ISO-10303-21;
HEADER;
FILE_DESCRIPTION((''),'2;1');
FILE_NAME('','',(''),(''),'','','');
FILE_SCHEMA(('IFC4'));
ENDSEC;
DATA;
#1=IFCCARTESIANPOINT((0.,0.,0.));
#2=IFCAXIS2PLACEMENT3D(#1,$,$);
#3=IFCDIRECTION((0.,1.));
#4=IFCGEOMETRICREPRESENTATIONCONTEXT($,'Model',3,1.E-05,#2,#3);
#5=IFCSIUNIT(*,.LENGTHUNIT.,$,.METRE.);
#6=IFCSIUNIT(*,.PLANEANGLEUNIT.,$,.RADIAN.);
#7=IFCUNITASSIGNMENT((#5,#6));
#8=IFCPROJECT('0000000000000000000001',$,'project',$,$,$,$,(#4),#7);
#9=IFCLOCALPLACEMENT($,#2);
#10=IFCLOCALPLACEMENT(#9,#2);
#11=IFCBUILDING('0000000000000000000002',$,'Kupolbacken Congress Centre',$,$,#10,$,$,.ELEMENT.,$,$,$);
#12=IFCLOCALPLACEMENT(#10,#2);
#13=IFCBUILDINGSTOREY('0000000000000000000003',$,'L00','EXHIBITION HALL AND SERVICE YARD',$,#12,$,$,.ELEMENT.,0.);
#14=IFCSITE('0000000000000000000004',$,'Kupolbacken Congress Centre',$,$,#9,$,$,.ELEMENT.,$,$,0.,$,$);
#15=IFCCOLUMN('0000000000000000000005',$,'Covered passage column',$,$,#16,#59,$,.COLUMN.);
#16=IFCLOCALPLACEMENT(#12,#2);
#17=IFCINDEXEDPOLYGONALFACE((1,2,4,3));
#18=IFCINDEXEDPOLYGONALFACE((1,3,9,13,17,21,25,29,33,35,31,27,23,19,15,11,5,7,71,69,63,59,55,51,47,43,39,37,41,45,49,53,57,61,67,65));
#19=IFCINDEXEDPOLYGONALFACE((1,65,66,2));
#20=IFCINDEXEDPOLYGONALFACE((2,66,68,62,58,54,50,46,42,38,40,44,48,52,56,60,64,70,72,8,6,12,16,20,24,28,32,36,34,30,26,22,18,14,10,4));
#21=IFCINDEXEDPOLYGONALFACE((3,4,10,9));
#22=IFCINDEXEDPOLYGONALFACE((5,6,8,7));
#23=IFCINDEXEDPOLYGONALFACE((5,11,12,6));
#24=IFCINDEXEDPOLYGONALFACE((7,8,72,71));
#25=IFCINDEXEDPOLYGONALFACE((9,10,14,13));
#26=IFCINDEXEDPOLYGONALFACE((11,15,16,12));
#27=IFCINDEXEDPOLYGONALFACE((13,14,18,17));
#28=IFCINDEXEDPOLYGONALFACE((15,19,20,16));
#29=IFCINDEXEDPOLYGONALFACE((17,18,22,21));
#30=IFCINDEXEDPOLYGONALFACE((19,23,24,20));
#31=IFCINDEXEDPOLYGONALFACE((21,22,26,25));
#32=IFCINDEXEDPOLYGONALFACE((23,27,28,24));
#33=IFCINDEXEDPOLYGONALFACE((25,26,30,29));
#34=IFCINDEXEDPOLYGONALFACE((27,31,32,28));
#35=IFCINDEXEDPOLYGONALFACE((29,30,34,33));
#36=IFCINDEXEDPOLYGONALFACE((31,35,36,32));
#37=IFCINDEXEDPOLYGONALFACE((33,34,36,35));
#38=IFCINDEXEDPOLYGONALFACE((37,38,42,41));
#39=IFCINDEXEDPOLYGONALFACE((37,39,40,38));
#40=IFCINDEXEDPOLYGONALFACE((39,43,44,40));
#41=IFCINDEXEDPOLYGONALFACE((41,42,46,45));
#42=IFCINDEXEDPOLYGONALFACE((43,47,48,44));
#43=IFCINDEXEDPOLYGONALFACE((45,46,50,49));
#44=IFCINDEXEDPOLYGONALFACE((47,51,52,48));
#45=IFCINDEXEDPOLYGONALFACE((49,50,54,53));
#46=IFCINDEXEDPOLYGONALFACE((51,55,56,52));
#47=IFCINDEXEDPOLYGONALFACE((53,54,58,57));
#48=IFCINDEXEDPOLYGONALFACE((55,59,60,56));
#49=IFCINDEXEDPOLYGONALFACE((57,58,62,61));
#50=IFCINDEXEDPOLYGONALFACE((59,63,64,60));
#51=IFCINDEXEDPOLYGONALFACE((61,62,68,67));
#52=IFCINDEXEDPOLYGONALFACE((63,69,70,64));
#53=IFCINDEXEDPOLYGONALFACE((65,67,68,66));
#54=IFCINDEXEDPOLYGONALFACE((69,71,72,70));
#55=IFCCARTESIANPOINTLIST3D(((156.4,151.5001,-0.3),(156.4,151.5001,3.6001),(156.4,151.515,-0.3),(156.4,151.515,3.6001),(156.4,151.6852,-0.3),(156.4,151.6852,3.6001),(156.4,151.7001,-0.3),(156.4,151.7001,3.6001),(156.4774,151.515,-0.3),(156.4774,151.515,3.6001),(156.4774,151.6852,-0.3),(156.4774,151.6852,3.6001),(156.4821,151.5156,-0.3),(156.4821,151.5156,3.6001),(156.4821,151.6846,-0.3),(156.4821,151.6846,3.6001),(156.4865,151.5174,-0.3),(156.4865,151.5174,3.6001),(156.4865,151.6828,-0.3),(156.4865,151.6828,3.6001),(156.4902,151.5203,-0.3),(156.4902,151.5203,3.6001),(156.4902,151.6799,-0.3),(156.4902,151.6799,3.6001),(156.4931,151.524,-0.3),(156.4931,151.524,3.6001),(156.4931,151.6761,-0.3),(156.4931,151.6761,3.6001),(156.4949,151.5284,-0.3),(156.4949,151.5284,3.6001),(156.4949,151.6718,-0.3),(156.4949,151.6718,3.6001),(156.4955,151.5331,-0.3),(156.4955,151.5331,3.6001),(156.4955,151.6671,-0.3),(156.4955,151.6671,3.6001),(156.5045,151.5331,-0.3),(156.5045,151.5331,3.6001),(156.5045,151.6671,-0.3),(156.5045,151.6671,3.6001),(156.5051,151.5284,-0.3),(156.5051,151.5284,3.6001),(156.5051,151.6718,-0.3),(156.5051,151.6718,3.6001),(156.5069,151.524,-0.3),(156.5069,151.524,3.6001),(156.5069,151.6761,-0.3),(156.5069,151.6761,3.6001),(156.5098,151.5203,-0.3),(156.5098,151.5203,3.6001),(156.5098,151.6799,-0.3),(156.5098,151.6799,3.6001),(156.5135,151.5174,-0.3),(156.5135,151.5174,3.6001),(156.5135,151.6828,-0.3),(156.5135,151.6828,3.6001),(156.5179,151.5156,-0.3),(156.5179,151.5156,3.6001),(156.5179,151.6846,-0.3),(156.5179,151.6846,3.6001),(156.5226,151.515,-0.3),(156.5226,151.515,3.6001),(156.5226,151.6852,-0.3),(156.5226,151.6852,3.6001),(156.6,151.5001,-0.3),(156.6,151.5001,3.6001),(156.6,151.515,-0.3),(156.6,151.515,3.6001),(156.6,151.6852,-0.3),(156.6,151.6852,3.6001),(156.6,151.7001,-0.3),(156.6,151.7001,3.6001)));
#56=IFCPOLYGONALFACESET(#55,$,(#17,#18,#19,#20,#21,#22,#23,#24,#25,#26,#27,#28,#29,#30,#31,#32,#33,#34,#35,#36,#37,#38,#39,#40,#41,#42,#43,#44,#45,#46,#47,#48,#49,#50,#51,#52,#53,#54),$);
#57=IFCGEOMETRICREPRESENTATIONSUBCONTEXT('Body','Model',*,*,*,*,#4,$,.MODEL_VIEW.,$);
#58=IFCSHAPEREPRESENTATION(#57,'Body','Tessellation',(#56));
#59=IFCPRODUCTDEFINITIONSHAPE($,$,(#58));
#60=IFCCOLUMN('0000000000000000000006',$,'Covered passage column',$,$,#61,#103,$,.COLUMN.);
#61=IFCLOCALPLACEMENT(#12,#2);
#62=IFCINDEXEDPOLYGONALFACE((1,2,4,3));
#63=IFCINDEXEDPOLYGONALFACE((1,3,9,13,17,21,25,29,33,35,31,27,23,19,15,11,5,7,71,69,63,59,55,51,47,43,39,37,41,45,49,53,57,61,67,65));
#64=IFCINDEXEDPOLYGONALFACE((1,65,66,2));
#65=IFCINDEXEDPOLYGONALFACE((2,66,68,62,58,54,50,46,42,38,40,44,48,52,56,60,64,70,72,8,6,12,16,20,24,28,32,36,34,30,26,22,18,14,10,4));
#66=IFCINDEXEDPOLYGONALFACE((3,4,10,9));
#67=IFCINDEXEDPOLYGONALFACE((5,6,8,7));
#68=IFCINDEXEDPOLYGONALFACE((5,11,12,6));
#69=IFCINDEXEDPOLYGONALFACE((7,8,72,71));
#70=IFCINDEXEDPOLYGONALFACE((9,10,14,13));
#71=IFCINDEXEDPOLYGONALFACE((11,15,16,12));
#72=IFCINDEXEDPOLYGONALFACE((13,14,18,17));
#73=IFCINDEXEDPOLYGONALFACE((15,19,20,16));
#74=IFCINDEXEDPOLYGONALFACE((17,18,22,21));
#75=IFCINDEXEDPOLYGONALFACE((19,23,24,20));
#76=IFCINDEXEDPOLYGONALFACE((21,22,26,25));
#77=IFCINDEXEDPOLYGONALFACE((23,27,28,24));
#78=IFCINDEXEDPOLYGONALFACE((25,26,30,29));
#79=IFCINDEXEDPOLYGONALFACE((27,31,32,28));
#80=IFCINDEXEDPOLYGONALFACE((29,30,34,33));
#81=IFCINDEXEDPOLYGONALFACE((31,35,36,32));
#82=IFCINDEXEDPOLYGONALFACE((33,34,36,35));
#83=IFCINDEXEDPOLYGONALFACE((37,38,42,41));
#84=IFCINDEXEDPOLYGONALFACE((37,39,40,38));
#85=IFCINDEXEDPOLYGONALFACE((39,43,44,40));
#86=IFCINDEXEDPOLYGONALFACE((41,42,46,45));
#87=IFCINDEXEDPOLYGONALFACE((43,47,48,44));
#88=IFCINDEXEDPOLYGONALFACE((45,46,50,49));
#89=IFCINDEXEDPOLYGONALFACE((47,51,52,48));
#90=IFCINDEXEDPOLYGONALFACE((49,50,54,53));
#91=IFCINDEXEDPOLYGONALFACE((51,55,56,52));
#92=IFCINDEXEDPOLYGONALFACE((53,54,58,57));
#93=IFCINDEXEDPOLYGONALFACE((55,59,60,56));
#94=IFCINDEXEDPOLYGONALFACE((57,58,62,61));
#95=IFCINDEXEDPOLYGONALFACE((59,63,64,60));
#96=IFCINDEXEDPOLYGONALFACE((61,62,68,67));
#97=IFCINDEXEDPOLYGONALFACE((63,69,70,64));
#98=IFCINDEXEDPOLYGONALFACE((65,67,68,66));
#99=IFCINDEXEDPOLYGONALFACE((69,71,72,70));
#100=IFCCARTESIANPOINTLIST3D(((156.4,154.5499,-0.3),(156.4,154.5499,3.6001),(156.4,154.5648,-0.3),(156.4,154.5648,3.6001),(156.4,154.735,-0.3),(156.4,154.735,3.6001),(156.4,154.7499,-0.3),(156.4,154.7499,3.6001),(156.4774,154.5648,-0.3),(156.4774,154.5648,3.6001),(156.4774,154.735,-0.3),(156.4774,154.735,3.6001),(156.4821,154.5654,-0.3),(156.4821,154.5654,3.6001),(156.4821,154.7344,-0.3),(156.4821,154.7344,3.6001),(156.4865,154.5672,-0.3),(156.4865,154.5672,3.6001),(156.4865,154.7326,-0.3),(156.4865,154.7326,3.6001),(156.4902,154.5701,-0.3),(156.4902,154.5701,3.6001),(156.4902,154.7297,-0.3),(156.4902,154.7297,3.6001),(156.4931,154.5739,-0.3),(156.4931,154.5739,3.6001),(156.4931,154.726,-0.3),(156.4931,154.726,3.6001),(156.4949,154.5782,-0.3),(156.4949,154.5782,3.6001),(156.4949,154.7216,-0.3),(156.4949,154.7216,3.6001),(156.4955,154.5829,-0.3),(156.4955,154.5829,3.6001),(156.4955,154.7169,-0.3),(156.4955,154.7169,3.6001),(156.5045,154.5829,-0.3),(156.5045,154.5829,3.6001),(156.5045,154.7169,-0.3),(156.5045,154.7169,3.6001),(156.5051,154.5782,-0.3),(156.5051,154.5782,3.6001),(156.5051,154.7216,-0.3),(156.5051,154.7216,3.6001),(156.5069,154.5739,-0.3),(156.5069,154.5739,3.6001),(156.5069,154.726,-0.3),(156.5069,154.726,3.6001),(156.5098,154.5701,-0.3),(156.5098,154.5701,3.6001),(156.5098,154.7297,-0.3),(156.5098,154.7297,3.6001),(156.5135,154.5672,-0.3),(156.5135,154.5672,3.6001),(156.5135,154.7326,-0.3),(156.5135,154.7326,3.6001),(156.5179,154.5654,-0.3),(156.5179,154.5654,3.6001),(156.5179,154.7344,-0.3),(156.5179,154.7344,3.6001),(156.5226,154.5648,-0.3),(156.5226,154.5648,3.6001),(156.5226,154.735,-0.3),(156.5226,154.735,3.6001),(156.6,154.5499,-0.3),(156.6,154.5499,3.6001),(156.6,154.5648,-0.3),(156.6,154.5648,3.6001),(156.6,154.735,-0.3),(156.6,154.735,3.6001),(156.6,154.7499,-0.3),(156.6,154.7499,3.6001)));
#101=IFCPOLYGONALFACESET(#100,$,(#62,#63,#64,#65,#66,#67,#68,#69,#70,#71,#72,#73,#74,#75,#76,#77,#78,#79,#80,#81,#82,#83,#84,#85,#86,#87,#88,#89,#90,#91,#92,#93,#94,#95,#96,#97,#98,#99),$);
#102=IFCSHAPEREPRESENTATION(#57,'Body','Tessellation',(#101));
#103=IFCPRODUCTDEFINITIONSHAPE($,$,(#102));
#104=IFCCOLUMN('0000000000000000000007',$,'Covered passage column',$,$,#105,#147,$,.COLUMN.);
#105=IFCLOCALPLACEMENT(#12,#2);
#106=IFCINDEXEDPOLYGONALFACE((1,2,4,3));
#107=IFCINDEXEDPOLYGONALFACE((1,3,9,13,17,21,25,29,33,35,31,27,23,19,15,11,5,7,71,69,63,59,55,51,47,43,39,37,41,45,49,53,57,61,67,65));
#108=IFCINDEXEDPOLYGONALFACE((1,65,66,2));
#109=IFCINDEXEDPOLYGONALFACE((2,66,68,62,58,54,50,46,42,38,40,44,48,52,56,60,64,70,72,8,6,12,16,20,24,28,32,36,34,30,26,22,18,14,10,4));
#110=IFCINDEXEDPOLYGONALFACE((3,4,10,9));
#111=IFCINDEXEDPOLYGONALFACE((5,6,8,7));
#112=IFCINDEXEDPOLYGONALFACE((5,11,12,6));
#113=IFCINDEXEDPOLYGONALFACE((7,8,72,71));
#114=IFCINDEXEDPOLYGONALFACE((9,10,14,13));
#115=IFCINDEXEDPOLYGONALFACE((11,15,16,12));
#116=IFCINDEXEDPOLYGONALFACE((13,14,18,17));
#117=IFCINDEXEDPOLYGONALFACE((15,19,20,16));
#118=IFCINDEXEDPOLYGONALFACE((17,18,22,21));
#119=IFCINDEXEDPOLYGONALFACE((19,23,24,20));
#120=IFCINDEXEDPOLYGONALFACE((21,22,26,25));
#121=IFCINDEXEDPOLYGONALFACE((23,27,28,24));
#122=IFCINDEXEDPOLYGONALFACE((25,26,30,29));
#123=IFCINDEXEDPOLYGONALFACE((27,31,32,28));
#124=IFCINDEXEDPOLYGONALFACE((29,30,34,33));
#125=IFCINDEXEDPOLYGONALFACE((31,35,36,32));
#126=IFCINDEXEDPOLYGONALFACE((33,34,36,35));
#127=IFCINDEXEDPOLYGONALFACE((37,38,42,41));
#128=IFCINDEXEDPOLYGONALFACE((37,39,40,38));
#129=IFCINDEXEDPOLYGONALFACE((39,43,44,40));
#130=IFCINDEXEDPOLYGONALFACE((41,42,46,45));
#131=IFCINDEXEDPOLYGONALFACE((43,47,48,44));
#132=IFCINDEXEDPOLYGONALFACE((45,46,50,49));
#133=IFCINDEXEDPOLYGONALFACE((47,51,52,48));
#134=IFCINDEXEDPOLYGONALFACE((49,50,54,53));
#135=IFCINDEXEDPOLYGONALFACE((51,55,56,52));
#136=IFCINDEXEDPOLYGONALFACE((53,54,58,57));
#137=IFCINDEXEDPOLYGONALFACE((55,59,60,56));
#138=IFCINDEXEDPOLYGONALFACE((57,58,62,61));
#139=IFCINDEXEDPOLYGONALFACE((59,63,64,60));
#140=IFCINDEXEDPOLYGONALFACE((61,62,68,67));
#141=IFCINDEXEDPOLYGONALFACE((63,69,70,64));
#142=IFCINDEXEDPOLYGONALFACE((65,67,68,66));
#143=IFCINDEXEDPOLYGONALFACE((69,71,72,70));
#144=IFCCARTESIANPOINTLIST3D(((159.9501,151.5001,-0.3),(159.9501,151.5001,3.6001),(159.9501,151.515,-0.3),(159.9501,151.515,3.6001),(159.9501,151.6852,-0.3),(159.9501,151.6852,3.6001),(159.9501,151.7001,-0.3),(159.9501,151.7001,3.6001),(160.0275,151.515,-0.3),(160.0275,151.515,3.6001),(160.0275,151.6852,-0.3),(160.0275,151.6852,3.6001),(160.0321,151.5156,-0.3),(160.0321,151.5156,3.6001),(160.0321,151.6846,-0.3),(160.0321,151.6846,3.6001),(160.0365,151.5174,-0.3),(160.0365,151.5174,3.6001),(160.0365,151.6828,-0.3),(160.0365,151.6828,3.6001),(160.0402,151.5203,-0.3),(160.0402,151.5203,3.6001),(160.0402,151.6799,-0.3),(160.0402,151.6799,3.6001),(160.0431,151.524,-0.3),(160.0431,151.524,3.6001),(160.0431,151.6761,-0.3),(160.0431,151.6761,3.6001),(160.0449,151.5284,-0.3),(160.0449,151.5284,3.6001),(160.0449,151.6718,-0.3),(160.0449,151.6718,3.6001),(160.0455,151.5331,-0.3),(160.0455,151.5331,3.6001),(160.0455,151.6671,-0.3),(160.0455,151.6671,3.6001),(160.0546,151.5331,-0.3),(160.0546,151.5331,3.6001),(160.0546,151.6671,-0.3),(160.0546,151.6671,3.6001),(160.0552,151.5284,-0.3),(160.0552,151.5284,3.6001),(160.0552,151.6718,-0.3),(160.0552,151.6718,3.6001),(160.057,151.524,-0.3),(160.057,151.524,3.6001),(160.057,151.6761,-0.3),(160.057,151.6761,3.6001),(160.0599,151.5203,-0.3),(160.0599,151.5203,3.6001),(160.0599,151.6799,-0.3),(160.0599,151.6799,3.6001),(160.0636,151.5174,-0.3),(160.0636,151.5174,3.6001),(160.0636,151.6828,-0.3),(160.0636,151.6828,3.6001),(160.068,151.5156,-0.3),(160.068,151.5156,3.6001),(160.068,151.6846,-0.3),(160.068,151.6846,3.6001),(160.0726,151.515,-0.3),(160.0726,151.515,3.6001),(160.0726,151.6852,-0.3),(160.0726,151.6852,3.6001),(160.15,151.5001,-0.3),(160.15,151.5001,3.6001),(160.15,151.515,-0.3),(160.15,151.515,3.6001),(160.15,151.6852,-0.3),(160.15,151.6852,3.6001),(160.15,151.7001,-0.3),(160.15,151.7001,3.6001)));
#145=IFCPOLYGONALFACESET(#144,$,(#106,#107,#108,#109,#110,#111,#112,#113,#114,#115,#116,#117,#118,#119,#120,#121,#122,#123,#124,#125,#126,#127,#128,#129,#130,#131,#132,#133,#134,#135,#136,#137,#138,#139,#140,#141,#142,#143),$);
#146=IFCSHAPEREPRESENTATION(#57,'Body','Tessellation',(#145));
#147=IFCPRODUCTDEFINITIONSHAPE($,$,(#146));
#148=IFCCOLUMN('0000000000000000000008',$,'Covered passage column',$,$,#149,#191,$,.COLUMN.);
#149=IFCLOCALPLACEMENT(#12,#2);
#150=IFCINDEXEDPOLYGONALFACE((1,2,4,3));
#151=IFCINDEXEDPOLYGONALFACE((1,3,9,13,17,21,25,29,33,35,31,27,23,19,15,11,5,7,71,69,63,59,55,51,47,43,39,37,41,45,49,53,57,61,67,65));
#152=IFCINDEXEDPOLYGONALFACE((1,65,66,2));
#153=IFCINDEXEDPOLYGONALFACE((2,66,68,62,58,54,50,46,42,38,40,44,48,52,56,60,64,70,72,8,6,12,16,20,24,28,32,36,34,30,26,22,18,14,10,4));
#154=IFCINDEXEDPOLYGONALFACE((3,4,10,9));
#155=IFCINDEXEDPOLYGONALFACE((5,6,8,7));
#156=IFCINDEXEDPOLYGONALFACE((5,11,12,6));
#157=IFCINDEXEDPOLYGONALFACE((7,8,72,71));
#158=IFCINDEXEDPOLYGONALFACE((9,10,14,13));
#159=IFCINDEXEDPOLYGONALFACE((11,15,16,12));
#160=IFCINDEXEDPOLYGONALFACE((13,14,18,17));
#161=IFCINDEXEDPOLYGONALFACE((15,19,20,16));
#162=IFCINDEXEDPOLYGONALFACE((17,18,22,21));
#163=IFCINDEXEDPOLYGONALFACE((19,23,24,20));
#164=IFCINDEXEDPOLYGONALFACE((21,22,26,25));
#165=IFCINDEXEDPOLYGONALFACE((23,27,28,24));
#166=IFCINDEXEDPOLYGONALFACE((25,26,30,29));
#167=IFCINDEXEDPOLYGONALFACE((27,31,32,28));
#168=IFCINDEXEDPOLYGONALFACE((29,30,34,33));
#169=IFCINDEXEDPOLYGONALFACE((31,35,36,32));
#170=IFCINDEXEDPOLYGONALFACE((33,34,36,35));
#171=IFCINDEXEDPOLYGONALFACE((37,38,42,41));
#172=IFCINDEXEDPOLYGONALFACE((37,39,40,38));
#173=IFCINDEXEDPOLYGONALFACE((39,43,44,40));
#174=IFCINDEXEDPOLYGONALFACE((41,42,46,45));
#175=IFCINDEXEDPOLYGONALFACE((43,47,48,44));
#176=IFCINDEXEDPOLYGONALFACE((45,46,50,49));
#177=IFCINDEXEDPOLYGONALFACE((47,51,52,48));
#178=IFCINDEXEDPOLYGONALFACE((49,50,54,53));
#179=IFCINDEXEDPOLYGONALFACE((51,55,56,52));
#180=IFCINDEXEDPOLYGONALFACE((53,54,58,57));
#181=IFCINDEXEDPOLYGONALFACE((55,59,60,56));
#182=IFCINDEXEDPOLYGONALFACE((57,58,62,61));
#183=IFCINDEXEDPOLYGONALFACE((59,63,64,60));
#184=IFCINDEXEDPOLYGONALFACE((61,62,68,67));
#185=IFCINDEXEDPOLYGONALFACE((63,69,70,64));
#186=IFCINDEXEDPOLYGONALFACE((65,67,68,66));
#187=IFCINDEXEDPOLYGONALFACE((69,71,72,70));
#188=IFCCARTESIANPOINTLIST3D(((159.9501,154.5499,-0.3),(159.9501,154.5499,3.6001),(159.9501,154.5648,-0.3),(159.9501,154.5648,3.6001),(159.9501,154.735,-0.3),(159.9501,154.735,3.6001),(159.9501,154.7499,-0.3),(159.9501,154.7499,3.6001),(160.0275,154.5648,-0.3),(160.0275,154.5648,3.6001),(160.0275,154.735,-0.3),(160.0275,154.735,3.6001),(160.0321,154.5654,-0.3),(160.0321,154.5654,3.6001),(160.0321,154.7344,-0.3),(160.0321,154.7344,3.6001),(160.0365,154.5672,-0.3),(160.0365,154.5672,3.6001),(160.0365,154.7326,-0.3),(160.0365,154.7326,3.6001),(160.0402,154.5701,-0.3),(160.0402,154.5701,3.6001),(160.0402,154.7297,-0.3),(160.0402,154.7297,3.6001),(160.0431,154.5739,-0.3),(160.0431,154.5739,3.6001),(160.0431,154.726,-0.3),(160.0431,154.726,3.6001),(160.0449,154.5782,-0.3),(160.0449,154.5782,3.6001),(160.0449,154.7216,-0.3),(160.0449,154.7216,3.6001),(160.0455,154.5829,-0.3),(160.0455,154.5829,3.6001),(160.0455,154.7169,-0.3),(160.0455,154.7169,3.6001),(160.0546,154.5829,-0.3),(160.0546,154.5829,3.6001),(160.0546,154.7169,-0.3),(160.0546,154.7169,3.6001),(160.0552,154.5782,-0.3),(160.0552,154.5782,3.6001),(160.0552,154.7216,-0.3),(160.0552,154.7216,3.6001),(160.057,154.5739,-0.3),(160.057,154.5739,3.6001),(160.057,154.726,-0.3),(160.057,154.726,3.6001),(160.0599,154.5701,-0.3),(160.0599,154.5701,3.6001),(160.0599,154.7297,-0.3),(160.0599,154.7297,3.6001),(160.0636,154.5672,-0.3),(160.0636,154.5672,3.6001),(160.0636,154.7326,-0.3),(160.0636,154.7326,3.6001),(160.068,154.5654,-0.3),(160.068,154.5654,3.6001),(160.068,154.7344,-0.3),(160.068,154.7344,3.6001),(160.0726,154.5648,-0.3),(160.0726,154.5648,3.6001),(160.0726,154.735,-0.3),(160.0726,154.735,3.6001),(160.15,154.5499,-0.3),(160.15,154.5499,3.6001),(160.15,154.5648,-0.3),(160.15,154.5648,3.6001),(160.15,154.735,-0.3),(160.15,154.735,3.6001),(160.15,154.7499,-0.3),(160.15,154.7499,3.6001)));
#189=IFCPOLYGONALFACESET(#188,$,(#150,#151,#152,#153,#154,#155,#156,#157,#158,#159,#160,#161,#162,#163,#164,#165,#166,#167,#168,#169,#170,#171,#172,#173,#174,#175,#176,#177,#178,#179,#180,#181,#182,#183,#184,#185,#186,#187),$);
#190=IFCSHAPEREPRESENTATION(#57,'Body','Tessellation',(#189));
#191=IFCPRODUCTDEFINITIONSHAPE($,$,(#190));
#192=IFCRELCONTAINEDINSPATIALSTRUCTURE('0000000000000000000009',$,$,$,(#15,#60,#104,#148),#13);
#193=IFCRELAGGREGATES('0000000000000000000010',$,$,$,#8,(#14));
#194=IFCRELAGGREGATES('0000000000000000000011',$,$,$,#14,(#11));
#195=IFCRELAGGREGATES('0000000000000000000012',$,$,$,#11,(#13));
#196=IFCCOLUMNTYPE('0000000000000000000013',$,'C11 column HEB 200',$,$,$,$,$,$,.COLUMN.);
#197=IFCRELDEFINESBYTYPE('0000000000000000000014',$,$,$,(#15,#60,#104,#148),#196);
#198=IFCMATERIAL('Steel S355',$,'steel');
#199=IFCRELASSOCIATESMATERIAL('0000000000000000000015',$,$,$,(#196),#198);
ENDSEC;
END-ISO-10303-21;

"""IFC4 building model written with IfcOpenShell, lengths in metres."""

from ifc_helpers import new_model, si_unit, direction, frame, origin, origin_2d, place, context, subcontext, project, spatial, i_section, extrude, material, material_profile, profile_set, type_object, element, save


model = new_model("IFC4")

# Units and contexts
model_context = context("Model", 3, precision=1e-05, world=origin(), true_north=direction((0.0, 1.0)))
body_context = subcontext(model_context, "Body", "Model", "MODEL_VIEW")
ifc_project = project(units=[si_unit("LENGTHUNIT", "METRE"), si_unit("PLANEANGLEUNIT", "RADIAN")], contexts=[model_context])

# Site, building, storey
site_placement = place(None, origin())
site = spatial("IfcSite", under=ifc_project, at=site_placement, Name="Kupolbacken Congress Centre", CompositionType="ELEMENT", RefElevation=0.0)
building_placement = place(site_placement, origin())
building = spatial("IfcBuilding", under=site, at=building_placement, Name="Kupolbacken Congress Centre", CompositionType="ELEMENT")
storey_placement = place(building_placement, origin())
storey = spatial("IfcBuildingStorey", under=building, at=storey_placement, Name="L00", Description="EXHIBITION HALL AND SERVICE YARD", CompositionType="ELEMENT", Elevation=0.0)

# Columns
ifc_material_1 = material(Name="Steel S355", Category="steel")
ifc_material_profile_1 = material_profile(ifc_material_1, i_section(OverallWidth=0.2, OverallDepth=0.2, WebThickness=0.009, FlangeThickness=0.0149, FilletRadius=0.0181, at=origin_2d()), Name="HEB 200")
ifc_profile_set_1 = profile_set([ifc_material_profile_1], Name="Steel S355")
column_type_1 = type_object("IfcColumnType", Name="C11 column HEB 200", PredefinedType="COLUMN", material=ifc_profile_set_1)
for number, where, z_axis, x_axis, name in (
    (1, (156.5, 151.6001, -0.3), (0.0, 0.0, 1.0), (1.0, 0.0, 0.0), "Covered passage column"),
    (2, (156.5, 154.6499, -0.3), (0.0, 0.0, 1.0), (1.0, 0.0, 0.0), "Covered passage column"),
    (3, (160.05, 151.6001, -0.3), (0.0, 0.0, 1.0), (1.0, 0.0, 0.0), "Covered passage column"),
    (4, (160.05, 154.6499, -0.3), (0.0, 0.0, 1.0), (1.0, 0.0, 0.0), "Covered passage column"),
):
    element("IfcColumn", number, at=place(storey_placement, frame(where, z_axis=z_axis, x_axis=x_axis)), inside=storey, type_object=column_type_1, Name=name, PredefinedType="COLUMN", context=body_context, shape_type="SweptSolid", body=[
        extrude(i_section(OverallWidth=0.2, OverallDepth=0.2, WebThickness=0.009, FlangeThickness=0.0149, FilletRadius=0.0181, at=origin_2d()), origin(), (0.0, 0.0, 1.0), 3.9001),
    ])

save(model, "model.ifc")
